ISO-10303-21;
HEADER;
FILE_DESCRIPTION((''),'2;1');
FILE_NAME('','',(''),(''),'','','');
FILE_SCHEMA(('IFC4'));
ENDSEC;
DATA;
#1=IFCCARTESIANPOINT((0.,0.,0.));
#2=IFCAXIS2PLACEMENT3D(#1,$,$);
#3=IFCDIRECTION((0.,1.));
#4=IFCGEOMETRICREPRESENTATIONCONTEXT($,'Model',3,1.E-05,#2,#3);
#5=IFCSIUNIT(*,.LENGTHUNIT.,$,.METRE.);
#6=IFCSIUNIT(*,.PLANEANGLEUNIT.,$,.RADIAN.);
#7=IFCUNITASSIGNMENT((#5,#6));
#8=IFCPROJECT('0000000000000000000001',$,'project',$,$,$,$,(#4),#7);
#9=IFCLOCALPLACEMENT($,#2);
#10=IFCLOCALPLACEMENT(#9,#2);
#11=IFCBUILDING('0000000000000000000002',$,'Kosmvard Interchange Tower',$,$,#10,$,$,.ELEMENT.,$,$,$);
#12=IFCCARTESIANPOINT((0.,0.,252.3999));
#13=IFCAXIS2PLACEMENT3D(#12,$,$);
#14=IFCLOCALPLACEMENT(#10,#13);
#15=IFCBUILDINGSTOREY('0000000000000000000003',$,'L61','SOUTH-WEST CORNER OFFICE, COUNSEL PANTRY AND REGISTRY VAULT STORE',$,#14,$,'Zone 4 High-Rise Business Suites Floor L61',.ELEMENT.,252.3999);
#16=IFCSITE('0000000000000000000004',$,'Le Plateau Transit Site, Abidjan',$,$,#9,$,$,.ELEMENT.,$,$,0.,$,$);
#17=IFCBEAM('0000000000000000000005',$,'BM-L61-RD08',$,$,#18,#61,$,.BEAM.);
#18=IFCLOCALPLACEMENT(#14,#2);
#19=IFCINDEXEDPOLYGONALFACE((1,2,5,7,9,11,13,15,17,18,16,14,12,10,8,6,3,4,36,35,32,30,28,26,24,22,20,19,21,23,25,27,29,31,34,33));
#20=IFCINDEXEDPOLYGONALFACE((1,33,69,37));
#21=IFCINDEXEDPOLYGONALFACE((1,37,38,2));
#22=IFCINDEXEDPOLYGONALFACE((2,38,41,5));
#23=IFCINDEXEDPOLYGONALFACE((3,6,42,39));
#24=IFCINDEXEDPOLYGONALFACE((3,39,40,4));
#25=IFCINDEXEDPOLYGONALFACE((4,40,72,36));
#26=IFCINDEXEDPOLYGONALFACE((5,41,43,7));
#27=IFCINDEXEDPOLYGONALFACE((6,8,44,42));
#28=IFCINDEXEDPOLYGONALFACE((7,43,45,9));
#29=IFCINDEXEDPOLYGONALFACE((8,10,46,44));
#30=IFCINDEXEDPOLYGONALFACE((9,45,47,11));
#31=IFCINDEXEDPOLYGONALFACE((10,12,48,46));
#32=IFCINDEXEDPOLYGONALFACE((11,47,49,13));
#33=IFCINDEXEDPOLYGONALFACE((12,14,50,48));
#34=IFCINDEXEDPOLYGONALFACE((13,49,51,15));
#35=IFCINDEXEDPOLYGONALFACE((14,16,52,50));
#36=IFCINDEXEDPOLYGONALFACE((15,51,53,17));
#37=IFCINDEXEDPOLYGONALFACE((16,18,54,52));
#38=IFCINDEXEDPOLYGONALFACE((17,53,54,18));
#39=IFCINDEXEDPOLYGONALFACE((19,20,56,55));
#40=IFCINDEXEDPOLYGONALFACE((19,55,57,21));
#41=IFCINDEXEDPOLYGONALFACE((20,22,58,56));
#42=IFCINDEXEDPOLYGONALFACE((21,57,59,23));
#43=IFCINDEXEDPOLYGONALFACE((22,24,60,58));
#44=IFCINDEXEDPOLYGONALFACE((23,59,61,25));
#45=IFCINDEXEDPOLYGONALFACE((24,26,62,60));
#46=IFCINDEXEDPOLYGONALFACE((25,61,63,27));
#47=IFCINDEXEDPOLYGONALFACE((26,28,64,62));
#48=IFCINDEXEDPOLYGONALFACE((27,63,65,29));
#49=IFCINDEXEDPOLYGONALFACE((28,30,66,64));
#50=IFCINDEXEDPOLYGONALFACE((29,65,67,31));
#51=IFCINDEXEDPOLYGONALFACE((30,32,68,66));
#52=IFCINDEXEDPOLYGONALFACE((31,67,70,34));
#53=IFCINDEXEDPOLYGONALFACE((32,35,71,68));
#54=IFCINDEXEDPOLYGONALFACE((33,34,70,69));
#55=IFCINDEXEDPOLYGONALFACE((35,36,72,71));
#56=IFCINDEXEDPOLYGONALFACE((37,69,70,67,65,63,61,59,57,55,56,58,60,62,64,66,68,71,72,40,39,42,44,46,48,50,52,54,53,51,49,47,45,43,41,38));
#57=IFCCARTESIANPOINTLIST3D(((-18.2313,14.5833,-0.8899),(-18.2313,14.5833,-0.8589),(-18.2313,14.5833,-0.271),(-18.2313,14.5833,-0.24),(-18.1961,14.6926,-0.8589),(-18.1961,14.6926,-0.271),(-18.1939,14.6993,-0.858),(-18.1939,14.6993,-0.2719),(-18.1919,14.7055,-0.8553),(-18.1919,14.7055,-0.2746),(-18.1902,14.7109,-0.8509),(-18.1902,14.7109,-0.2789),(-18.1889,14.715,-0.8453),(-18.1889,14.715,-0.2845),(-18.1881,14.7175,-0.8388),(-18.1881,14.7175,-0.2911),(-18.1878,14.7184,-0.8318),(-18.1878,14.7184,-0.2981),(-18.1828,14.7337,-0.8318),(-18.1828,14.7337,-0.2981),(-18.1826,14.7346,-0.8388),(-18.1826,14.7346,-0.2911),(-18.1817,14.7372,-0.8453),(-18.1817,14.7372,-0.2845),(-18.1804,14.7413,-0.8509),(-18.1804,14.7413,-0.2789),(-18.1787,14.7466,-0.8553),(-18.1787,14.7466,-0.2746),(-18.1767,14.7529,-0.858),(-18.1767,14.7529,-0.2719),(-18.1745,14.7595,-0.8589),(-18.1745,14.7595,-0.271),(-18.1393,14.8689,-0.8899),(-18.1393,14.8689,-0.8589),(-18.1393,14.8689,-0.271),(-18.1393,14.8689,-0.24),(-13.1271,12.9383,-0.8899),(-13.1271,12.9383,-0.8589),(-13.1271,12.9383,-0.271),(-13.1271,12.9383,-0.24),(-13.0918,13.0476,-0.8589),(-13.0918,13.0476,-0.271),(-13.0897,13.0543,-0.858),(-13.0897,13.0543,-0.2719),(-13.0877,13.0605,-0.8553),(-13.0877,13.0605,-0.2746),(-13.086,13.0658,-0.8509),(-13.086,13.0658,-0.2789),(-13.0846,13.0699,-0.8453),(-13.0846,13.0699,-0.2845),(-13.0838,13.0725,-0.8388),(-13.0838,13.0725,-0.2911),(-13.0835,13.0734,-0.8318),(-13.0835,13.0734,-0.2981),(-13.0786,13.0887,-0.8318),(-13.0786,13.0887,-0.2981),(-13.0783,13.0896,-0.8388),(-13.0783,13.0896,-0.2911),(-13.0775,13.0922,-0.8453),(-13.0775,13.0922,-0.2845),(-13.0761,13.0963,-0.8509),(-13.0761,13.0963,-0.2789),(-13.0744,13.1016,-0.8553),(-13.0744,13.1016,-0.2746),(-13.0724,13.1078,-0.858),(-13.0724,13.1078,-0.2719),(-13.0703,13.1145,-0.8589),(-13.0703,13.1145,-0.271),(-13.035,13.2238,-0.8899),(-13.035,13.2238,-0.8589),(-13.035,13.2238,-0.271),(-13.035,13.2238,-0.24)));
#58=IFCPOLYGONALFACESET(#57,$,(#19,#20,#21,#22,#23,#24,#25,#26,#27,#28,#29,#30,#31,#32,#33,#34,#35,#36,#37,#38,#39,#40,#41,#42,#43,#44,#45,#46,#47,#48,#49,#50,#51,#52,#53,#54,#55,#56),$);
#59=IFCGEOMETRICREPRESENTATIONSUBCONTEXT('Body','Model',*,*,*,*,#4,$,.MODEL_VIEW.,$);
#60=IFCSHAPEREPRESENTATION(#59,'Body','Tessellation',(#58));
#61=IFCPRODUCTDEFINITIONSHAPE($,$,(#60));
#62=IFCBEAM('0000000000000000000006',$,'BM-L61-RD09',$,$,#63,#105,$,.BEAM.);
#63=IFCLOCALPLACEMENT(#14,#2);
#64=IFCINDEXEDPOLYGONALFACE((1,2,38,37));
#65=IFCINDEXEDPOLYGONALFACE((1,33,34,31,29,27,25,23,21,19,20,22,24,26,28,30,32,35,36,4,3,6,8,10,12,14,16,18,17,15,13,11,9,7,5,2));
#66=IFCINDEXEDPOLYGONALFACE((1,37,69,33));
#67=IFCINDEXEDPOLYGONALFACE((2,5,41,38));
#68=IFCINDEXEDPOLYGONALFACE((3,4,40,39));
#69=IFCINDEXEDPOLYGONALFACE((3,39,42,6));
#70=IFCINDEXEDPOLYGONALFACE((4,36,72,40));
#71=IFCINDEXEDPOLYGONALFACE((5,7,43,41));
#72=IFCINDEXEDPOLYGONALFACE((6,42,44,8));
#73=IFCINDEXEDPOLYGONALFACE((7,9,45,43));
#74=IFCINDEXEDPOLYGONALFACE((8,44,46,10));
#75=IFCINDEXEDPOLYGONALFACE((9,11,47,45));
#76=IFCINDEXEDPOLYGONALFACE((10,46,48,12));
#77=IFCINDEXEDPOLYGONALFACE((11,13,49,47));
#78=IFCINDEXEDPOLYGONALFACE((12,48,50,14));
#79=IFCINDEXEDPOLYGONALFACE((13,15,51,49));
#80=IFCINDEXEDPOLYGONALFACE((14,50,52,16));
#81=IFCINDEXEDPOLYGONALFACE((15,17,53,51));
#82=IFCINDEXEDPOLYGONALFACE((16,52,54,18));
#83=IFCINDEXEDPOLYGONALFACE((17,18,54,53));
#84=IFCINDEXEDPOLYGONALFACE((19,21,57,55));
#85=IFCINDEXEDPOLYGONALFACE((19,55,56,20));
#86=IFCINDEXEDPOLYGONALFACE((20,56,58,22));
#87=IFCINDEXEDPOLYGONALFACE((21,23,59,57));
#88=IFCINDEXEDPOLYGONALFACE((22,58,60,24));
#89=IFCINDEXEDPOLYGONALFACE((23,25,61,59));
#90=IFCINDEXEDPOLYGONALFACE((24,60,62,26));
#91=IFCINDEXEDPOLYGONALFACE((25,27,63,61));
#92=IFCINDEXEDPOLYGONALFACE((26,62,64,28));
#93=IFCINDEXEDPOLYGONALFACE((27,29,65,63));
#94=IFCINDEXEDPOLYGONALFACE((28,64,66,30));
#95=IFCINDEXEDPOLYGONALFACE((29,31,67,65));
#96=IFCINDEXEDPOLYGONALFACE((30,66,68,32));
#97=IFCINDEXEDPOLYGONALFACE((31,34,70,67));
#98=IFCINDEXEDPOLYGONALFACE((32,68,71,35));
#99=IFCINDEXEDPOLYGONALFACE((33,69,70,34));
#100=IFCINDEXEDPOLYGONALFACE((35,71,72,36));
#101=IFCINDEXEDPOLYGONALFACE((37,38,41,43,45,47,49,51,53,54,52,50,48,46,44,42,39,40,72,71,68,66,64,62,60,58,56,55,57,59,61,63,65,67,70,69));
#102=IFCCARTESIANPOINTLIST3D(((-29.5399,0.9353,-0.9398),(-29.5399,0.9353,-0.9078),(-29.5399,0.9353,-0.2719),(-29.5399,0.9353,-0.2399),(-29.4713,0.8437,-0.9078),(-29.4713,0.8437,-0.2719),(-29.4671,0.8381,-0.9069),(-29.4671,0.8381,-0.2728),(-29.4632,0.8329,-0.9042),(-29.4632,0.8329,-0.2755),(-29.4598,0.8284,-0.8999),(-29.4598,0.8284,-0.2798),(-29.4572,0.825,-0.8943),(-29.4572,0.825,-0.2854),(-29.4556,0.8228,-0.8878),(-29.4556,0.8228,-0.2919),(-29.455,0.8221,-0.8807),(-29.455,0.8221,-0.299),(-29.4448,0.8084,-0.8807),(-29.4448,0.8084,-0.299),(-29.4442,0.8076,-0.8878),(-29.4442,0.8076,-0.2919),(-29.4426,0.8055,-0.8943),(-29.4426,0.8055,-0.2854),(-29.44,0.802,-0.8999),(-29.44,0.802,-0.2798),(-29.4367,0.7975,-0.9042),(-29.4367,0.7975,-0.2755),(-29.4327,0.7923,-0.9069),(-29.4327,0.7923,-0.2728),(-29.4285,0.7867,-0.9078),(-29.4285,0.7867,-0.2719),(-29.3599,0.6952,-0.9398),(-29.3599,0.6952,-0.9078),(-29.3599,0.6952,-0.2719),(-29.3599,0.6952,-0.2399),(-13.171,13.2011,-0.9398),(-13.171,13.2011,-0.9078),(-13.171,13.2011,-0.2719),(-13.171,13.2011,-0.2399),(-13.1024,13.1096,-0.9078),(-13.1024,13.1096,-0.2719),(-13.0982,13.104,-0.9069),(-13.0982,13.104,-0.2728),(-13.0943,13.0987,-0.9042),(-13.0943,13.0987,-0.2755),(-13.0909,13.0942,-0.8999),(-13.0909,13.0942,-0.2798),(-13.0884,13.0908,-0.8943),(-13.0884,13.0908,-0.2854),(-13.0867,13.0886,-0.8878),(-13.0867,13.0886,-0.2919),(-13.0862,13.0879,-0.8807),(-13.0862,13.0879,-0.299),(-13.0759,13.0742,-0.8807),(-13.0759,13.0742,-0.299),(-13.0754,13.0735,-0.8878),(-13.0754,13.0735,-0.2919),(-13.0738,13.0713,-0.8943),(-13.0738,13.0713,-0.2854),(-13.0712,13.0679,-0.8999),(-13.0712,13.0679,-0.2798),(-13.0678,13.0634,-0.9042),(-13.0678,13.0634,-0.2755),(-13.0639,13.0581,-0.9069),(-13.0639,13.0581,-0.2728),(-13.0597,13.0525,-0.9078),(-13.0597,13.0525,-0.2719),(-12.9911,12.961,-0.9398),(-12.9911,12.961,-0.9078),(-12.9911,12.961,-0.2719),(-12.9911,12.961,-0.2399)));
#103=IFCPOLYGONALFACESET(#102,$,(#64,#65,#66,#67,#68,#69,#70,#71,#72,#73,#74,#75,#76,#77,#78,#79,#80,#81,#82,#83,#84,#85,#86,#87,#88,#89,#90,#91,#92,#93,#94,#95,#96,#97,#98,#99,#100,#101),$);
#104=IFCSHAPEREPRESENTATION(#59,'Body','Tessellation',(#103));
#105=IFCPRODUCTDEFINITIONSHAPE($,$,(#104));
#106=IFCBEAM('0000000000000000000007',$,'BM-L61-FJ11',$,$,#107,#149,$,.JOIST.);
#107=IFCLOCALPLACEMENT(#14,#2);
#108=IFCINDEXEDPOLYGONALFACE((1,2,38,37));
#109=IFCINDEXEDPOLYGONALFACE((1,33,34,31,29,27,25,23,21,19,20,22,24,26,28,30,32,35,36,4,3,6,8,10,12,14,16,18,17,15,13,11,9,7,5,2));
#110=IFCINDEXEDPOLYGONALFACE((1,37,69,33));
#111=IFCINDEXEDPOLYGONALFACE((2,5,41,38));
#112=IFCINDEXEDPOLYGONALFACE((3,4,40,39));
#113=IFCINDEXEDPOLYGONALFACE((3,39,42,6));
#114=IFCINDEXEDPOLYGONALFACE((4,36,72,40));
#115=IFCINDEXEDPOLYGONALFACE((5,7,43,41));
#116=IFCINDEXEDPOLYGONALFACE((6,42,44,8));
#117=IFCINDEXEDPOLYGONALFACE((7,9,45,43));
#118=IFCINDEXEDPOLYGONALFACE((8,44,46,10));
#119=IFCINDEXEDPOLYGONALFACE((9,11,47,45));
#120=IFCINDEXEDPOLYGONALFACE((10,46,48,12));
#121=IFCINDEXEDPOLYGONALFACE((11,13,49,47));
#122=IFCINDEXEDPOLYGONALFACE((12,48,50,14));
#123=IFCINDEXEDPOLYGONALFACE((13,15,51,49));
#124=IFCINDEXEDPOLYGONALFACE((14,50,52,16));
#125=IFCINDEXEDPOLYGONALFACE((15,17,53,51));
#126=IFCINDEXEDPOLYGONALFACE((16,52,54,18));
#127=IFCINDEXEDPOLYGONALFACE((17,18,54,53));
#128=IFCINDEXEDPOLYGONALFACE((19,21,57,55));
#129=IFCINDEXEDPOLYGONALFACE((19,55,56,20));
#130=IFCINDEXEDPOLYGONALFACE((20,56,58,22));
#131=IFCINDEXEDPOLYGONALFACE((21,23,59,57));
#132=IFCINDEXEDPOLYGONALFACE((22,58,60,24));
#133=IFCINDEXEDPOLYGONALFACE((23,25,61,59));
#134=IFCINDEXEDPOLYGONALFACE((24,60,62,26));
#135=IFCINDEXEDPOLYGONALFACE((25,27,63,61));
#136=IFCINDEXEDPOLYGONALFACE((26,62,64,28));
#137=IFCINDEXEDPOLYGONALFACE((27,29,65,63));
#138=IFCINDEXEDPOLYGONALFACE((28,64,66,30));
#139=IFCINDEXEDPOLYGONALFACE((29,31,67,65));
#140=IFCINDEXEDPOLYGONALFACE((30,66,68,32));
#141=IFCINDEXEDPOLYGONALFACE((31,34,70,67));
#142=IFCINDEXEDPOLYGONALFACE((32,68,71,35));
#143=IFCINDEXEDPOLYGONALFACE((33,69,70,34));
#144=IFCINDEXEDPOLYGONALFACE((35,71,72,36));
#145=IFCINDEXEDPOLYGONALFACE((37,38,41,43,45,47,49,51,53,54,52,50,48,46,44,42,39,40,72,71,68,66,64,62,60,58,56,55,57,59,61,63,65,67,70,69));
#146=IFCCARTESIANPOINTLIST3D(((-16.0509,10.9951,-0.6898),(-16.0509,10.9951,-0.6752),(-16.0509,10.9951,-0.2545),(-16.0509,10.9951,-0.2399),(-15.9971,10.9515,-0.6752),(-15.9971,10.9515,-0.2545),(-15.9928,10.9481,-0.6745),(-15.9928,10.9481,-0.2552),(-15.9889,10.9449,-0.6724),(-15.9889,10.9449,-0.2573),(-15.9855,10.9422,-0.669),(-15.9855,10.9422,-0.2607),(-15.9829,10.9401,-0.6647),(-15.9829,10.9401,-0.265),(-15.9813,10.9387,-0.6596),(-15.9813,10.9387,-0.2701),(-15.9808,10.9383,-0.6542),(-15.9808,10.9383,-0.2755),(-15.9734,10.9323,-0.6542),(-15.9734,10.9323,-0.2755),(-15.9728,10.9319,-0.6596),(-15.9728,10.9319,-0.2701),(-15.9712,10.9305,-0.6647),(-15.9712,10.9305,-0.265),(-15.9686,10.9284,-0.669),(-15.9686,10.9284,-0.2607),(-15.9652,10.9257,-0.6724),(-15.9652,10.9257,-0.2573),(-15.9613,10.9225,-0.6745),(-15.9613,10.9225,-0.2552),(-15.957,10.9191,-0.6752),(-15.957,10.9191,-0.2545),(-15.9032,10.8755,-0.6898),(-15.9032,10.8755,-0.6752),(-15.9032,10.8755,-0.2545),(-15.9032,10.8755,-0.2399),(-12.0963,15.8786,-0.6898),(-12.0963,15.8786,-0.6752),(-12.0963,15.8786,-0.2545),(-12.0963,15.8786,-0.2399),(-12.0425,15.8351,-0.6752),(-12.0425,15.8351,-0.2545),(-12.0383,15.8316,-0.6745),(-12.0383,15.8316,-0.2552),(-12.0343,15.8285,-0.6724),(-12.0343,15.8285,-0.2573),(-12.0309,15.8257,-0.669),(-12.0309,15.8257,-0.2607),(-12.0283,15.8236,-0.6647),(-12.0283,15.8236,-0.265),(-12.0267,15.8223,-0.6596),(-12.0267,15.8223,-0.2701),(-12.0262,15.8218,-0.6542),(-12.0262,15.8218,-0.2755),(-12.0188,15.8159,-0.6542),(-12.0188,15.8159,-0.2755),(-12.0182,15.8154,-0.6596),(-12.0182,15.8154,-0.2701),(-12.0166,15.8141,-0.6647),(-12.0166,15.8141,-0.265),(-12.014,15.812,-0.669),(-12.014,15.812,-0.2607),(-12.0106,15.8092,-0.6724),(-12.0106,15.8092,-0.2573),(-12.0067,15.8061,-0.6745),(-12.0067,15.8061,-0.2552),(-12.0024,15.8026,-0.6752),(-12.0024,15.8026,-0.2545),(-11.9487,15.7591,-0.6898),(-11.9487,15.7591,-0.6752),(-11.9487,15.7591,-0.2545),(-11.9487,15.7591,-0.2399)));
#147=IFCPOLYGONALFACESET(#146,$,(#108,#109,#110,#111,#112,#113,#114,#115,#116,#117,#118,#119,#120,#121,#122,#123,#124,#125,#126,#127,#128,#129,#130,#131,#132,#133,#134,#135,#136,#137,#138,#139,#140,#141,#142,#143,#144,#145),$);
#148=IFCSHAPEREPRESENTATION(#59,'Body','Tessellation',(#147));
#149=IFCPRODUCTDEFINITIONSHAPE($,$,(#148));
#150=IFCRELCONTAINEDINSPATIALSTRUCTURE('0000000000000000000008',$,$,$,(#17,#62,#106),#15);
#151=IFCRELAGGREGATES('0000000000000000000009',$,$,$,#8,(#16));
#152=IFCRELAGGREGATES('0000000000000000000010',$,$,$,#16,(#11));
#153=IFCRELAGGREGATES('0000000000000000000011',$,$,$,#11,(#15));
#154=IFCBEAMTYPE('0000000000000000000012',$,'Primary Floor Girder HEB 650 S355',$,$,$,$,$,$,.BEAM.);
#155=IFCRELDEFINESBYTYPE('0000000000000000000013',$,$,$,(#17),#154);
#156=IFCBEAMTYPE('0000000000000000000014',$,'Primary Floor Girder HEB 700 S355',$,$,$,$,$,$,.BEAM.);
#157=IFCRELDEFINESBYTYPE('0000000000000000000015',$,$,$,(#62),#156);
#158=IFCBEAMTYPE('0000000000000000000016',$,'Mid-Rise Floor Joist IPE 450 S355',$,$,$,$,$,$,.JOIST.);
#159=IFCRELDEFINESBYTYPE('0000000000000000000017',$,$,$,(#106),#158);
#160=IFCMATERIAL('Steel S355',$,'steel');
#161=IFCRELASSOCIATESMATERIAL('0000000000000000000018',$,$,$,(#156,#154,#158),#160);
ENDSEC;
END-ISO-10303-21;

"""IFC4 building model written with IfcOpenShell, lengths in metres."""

from ifc_helpers import new_model, si_unit, direction, frame, origin, origin_2d, place, context, subcontext, project, spatial, i_section, extrude, source, transform, mapped, material, material_profile, profile_set, type_object, element, save


model = new_model("IFC4")

# Units and contexts
model_context = context("Model", 3, precision=1e-05, world=origin(), true_north=direction((0.0, 1.0)))
body_context = subcontext(model_context, "Body", "Model", "MODEL_VIEW")
ifc_project = project(units=[si_unit("LENGTHUNIT", "METRE"), si_unit("PLANEANGLEUNIT", "RADIAN")], contexts=[model_context])

# Site, building, storey
site_placement = place(None, origin())
site = spatial("IfcSite", under=ifc_project, at=site_placement, Name="Le Plateau Transit Site, Abidjan", CompositionType="ELEMENT", RefElevation=0.0)
building_placement = place(site_placement, origin())
building = spatial("IfcBuilding", under=site, at=building_placement, Name="Kosmvard Interchange Tower", CompositionType="ELEMENT")
storey_placement = place(building_placement, frame((0.0, 0.0, 252.3999)))
storey = spatial("IfcBuildingStorey", under=building, at=storey_placement, Name="L61", Description="SOUTH-WEST CORNER OFFICE, COUNSEL PANTRY AND REGISTRY VAULT STORE", LongName="Zone 4 High-Rise Business Suites Floor L61", CompositionType="ELEMENT", Elevation=252.3999)

# Beams
ifc_material_1 = material(Name="Steel S355", Category="steel")
ifc_material_profile_1 = material_profile(ifc_material_1, i_section(OverallWidth=0.3, OverallDepth=0.7, WebThickness=0.0171, FlangeThickness=0.032, FilletRadius=0.0271, at=origin_2d()), Name="HEB 700")
ifc_profile_set_1 = profile_set([ifc_material_profile_1], Name="Steel S355")
beam_type_1 = type_object("IfcBeamType", Name="Primary Floor Girder HEB 700 S355", PredefinedType="BEAM", material=ifc_profile_set_1)
ifc_material_profile_2 = material_profile(ifc_material_1, i_section(OverallWidth=0.3, OverallDepth=0.6499, WebThickness=0.0161, FlangeThickness=0.031, FilletRadius=0.0271, at=origin_2d()), Name="HEB 650")
ifc_profile_set_2 = profile_set([ifc_material_profile_2], Name="Steel S355")
beam_type_2 = type_object("IfcBeamType", Name="Primary Floor Girder HEB 650 S355", PredefinedType="BEAM", material=ifc_profile_set_2)
shared_shape_1 = source(origin(), body_context, "Body", "SweptSolid", [
    extrude(i_section(OverallWidth=0.3, OverallDepth=0.6499, WebThickness=0.0161, FlangeThickness=0.031, FilletRadius=0.0271, at=origin_2d()), origin(), (0.0, 0.0, 1.0), 5.3628),
])
beam_1_placement = place(storey_placement, frame((-13.0811, 13.0811, -0.5649), z_axis=(-0.951791, 0.306747, 0.0), x_axis=(-0.306747, -0.951791, 0.0)))
element("IfcBeam", 1, at=beam_1_placement, inside=storey, type_object=beam_type_2, Name="BM-L61-RD08", PredefinedType="BEAM", context=body_context, shape_type="MappedRepresentation", body=[
    mapped(shared_shape_1, transform((0.0, 0.0, 0.0), scale=1.0)),
])
shared_shape_2 = source(origin(), body_context, "Body", "SweptSolid", [
    extrude(i_section(OverallWidth=0.3, OverallDepth=0.7, WebThickness=0.0171, FlangeThickness=0.032, FilletRadius=0.0271, at=origin_2d()), origin(), (0.0, 0.0, 1.0), 20.4546),
])
beam_2_placement = place(storey_placement, frame((-13.0811, 13.0811, -0.5898), z_axis=(-0.800253, -0.599662, 0.0), x_axis=(0.599662, -0.800253, 0.0)))
element("IfcBeam", 2, at=beam_2_placement, inside=storey, type_object=beam_type_1, Name="BM-L61-RD09", PredefinedType="BEAM", context=body_context, shape_type="MappedRepresentation", body=[
    mapped(shared_shape_2, transform((0.0, 0.0, 0.0), scale=1.0)),
])
ifc_material_profile_3 = material_profile(ifc_material_1, i_section(OverallWidth=0.1899, OverallDepth=0.45, WebThickness=0.0095, FlangeThickness=0.0146, FilletRadius=0.021, at=origin_2d()), Name="IPE 450")
ifc_profile_set_3 = profile_set([ifc_material_profile_3], Name="Steel S355")
beam_type_3 = type_object("IfcBeamType", Name="Mid-Rise Floor Joist IPE 450 S355", PredefinedType="JOIST", material=ifc_profile_set_3)
shared_shape_3 = source(origin(), body_context, "Body", "SweptSolid", [
    extrude(i_section(OverallWidth=0.1899, OverallDepth=0.45, WebThickness=0.0095, FlangeThickness=0.0146, FilletRadius=0.021, at=origin_2d()), origin(), (0.0, 0.0, 1.0), 6.2839),
])
beam_3_placement = place(storey_placement, frame((-12.0225, 15.8188, -0.4648), z_axis=(-0.629318, -0.777148, 0.0), x_axis=(0.777148, -0.629318, 0.0)))
element("IfcBeam", 3, at=beam_3_placement, inside=storey, type_object=beam_type_3, Name="BM-L61-FJ11", PredefinedType="JOIST", context=body_context, shape_type="MappedRepresentation", body=[
    mapped(shared_shape_3, transform((0.0, 0.0, 0.0), scale=1.0)),
])

save(model, "model.ifc")
